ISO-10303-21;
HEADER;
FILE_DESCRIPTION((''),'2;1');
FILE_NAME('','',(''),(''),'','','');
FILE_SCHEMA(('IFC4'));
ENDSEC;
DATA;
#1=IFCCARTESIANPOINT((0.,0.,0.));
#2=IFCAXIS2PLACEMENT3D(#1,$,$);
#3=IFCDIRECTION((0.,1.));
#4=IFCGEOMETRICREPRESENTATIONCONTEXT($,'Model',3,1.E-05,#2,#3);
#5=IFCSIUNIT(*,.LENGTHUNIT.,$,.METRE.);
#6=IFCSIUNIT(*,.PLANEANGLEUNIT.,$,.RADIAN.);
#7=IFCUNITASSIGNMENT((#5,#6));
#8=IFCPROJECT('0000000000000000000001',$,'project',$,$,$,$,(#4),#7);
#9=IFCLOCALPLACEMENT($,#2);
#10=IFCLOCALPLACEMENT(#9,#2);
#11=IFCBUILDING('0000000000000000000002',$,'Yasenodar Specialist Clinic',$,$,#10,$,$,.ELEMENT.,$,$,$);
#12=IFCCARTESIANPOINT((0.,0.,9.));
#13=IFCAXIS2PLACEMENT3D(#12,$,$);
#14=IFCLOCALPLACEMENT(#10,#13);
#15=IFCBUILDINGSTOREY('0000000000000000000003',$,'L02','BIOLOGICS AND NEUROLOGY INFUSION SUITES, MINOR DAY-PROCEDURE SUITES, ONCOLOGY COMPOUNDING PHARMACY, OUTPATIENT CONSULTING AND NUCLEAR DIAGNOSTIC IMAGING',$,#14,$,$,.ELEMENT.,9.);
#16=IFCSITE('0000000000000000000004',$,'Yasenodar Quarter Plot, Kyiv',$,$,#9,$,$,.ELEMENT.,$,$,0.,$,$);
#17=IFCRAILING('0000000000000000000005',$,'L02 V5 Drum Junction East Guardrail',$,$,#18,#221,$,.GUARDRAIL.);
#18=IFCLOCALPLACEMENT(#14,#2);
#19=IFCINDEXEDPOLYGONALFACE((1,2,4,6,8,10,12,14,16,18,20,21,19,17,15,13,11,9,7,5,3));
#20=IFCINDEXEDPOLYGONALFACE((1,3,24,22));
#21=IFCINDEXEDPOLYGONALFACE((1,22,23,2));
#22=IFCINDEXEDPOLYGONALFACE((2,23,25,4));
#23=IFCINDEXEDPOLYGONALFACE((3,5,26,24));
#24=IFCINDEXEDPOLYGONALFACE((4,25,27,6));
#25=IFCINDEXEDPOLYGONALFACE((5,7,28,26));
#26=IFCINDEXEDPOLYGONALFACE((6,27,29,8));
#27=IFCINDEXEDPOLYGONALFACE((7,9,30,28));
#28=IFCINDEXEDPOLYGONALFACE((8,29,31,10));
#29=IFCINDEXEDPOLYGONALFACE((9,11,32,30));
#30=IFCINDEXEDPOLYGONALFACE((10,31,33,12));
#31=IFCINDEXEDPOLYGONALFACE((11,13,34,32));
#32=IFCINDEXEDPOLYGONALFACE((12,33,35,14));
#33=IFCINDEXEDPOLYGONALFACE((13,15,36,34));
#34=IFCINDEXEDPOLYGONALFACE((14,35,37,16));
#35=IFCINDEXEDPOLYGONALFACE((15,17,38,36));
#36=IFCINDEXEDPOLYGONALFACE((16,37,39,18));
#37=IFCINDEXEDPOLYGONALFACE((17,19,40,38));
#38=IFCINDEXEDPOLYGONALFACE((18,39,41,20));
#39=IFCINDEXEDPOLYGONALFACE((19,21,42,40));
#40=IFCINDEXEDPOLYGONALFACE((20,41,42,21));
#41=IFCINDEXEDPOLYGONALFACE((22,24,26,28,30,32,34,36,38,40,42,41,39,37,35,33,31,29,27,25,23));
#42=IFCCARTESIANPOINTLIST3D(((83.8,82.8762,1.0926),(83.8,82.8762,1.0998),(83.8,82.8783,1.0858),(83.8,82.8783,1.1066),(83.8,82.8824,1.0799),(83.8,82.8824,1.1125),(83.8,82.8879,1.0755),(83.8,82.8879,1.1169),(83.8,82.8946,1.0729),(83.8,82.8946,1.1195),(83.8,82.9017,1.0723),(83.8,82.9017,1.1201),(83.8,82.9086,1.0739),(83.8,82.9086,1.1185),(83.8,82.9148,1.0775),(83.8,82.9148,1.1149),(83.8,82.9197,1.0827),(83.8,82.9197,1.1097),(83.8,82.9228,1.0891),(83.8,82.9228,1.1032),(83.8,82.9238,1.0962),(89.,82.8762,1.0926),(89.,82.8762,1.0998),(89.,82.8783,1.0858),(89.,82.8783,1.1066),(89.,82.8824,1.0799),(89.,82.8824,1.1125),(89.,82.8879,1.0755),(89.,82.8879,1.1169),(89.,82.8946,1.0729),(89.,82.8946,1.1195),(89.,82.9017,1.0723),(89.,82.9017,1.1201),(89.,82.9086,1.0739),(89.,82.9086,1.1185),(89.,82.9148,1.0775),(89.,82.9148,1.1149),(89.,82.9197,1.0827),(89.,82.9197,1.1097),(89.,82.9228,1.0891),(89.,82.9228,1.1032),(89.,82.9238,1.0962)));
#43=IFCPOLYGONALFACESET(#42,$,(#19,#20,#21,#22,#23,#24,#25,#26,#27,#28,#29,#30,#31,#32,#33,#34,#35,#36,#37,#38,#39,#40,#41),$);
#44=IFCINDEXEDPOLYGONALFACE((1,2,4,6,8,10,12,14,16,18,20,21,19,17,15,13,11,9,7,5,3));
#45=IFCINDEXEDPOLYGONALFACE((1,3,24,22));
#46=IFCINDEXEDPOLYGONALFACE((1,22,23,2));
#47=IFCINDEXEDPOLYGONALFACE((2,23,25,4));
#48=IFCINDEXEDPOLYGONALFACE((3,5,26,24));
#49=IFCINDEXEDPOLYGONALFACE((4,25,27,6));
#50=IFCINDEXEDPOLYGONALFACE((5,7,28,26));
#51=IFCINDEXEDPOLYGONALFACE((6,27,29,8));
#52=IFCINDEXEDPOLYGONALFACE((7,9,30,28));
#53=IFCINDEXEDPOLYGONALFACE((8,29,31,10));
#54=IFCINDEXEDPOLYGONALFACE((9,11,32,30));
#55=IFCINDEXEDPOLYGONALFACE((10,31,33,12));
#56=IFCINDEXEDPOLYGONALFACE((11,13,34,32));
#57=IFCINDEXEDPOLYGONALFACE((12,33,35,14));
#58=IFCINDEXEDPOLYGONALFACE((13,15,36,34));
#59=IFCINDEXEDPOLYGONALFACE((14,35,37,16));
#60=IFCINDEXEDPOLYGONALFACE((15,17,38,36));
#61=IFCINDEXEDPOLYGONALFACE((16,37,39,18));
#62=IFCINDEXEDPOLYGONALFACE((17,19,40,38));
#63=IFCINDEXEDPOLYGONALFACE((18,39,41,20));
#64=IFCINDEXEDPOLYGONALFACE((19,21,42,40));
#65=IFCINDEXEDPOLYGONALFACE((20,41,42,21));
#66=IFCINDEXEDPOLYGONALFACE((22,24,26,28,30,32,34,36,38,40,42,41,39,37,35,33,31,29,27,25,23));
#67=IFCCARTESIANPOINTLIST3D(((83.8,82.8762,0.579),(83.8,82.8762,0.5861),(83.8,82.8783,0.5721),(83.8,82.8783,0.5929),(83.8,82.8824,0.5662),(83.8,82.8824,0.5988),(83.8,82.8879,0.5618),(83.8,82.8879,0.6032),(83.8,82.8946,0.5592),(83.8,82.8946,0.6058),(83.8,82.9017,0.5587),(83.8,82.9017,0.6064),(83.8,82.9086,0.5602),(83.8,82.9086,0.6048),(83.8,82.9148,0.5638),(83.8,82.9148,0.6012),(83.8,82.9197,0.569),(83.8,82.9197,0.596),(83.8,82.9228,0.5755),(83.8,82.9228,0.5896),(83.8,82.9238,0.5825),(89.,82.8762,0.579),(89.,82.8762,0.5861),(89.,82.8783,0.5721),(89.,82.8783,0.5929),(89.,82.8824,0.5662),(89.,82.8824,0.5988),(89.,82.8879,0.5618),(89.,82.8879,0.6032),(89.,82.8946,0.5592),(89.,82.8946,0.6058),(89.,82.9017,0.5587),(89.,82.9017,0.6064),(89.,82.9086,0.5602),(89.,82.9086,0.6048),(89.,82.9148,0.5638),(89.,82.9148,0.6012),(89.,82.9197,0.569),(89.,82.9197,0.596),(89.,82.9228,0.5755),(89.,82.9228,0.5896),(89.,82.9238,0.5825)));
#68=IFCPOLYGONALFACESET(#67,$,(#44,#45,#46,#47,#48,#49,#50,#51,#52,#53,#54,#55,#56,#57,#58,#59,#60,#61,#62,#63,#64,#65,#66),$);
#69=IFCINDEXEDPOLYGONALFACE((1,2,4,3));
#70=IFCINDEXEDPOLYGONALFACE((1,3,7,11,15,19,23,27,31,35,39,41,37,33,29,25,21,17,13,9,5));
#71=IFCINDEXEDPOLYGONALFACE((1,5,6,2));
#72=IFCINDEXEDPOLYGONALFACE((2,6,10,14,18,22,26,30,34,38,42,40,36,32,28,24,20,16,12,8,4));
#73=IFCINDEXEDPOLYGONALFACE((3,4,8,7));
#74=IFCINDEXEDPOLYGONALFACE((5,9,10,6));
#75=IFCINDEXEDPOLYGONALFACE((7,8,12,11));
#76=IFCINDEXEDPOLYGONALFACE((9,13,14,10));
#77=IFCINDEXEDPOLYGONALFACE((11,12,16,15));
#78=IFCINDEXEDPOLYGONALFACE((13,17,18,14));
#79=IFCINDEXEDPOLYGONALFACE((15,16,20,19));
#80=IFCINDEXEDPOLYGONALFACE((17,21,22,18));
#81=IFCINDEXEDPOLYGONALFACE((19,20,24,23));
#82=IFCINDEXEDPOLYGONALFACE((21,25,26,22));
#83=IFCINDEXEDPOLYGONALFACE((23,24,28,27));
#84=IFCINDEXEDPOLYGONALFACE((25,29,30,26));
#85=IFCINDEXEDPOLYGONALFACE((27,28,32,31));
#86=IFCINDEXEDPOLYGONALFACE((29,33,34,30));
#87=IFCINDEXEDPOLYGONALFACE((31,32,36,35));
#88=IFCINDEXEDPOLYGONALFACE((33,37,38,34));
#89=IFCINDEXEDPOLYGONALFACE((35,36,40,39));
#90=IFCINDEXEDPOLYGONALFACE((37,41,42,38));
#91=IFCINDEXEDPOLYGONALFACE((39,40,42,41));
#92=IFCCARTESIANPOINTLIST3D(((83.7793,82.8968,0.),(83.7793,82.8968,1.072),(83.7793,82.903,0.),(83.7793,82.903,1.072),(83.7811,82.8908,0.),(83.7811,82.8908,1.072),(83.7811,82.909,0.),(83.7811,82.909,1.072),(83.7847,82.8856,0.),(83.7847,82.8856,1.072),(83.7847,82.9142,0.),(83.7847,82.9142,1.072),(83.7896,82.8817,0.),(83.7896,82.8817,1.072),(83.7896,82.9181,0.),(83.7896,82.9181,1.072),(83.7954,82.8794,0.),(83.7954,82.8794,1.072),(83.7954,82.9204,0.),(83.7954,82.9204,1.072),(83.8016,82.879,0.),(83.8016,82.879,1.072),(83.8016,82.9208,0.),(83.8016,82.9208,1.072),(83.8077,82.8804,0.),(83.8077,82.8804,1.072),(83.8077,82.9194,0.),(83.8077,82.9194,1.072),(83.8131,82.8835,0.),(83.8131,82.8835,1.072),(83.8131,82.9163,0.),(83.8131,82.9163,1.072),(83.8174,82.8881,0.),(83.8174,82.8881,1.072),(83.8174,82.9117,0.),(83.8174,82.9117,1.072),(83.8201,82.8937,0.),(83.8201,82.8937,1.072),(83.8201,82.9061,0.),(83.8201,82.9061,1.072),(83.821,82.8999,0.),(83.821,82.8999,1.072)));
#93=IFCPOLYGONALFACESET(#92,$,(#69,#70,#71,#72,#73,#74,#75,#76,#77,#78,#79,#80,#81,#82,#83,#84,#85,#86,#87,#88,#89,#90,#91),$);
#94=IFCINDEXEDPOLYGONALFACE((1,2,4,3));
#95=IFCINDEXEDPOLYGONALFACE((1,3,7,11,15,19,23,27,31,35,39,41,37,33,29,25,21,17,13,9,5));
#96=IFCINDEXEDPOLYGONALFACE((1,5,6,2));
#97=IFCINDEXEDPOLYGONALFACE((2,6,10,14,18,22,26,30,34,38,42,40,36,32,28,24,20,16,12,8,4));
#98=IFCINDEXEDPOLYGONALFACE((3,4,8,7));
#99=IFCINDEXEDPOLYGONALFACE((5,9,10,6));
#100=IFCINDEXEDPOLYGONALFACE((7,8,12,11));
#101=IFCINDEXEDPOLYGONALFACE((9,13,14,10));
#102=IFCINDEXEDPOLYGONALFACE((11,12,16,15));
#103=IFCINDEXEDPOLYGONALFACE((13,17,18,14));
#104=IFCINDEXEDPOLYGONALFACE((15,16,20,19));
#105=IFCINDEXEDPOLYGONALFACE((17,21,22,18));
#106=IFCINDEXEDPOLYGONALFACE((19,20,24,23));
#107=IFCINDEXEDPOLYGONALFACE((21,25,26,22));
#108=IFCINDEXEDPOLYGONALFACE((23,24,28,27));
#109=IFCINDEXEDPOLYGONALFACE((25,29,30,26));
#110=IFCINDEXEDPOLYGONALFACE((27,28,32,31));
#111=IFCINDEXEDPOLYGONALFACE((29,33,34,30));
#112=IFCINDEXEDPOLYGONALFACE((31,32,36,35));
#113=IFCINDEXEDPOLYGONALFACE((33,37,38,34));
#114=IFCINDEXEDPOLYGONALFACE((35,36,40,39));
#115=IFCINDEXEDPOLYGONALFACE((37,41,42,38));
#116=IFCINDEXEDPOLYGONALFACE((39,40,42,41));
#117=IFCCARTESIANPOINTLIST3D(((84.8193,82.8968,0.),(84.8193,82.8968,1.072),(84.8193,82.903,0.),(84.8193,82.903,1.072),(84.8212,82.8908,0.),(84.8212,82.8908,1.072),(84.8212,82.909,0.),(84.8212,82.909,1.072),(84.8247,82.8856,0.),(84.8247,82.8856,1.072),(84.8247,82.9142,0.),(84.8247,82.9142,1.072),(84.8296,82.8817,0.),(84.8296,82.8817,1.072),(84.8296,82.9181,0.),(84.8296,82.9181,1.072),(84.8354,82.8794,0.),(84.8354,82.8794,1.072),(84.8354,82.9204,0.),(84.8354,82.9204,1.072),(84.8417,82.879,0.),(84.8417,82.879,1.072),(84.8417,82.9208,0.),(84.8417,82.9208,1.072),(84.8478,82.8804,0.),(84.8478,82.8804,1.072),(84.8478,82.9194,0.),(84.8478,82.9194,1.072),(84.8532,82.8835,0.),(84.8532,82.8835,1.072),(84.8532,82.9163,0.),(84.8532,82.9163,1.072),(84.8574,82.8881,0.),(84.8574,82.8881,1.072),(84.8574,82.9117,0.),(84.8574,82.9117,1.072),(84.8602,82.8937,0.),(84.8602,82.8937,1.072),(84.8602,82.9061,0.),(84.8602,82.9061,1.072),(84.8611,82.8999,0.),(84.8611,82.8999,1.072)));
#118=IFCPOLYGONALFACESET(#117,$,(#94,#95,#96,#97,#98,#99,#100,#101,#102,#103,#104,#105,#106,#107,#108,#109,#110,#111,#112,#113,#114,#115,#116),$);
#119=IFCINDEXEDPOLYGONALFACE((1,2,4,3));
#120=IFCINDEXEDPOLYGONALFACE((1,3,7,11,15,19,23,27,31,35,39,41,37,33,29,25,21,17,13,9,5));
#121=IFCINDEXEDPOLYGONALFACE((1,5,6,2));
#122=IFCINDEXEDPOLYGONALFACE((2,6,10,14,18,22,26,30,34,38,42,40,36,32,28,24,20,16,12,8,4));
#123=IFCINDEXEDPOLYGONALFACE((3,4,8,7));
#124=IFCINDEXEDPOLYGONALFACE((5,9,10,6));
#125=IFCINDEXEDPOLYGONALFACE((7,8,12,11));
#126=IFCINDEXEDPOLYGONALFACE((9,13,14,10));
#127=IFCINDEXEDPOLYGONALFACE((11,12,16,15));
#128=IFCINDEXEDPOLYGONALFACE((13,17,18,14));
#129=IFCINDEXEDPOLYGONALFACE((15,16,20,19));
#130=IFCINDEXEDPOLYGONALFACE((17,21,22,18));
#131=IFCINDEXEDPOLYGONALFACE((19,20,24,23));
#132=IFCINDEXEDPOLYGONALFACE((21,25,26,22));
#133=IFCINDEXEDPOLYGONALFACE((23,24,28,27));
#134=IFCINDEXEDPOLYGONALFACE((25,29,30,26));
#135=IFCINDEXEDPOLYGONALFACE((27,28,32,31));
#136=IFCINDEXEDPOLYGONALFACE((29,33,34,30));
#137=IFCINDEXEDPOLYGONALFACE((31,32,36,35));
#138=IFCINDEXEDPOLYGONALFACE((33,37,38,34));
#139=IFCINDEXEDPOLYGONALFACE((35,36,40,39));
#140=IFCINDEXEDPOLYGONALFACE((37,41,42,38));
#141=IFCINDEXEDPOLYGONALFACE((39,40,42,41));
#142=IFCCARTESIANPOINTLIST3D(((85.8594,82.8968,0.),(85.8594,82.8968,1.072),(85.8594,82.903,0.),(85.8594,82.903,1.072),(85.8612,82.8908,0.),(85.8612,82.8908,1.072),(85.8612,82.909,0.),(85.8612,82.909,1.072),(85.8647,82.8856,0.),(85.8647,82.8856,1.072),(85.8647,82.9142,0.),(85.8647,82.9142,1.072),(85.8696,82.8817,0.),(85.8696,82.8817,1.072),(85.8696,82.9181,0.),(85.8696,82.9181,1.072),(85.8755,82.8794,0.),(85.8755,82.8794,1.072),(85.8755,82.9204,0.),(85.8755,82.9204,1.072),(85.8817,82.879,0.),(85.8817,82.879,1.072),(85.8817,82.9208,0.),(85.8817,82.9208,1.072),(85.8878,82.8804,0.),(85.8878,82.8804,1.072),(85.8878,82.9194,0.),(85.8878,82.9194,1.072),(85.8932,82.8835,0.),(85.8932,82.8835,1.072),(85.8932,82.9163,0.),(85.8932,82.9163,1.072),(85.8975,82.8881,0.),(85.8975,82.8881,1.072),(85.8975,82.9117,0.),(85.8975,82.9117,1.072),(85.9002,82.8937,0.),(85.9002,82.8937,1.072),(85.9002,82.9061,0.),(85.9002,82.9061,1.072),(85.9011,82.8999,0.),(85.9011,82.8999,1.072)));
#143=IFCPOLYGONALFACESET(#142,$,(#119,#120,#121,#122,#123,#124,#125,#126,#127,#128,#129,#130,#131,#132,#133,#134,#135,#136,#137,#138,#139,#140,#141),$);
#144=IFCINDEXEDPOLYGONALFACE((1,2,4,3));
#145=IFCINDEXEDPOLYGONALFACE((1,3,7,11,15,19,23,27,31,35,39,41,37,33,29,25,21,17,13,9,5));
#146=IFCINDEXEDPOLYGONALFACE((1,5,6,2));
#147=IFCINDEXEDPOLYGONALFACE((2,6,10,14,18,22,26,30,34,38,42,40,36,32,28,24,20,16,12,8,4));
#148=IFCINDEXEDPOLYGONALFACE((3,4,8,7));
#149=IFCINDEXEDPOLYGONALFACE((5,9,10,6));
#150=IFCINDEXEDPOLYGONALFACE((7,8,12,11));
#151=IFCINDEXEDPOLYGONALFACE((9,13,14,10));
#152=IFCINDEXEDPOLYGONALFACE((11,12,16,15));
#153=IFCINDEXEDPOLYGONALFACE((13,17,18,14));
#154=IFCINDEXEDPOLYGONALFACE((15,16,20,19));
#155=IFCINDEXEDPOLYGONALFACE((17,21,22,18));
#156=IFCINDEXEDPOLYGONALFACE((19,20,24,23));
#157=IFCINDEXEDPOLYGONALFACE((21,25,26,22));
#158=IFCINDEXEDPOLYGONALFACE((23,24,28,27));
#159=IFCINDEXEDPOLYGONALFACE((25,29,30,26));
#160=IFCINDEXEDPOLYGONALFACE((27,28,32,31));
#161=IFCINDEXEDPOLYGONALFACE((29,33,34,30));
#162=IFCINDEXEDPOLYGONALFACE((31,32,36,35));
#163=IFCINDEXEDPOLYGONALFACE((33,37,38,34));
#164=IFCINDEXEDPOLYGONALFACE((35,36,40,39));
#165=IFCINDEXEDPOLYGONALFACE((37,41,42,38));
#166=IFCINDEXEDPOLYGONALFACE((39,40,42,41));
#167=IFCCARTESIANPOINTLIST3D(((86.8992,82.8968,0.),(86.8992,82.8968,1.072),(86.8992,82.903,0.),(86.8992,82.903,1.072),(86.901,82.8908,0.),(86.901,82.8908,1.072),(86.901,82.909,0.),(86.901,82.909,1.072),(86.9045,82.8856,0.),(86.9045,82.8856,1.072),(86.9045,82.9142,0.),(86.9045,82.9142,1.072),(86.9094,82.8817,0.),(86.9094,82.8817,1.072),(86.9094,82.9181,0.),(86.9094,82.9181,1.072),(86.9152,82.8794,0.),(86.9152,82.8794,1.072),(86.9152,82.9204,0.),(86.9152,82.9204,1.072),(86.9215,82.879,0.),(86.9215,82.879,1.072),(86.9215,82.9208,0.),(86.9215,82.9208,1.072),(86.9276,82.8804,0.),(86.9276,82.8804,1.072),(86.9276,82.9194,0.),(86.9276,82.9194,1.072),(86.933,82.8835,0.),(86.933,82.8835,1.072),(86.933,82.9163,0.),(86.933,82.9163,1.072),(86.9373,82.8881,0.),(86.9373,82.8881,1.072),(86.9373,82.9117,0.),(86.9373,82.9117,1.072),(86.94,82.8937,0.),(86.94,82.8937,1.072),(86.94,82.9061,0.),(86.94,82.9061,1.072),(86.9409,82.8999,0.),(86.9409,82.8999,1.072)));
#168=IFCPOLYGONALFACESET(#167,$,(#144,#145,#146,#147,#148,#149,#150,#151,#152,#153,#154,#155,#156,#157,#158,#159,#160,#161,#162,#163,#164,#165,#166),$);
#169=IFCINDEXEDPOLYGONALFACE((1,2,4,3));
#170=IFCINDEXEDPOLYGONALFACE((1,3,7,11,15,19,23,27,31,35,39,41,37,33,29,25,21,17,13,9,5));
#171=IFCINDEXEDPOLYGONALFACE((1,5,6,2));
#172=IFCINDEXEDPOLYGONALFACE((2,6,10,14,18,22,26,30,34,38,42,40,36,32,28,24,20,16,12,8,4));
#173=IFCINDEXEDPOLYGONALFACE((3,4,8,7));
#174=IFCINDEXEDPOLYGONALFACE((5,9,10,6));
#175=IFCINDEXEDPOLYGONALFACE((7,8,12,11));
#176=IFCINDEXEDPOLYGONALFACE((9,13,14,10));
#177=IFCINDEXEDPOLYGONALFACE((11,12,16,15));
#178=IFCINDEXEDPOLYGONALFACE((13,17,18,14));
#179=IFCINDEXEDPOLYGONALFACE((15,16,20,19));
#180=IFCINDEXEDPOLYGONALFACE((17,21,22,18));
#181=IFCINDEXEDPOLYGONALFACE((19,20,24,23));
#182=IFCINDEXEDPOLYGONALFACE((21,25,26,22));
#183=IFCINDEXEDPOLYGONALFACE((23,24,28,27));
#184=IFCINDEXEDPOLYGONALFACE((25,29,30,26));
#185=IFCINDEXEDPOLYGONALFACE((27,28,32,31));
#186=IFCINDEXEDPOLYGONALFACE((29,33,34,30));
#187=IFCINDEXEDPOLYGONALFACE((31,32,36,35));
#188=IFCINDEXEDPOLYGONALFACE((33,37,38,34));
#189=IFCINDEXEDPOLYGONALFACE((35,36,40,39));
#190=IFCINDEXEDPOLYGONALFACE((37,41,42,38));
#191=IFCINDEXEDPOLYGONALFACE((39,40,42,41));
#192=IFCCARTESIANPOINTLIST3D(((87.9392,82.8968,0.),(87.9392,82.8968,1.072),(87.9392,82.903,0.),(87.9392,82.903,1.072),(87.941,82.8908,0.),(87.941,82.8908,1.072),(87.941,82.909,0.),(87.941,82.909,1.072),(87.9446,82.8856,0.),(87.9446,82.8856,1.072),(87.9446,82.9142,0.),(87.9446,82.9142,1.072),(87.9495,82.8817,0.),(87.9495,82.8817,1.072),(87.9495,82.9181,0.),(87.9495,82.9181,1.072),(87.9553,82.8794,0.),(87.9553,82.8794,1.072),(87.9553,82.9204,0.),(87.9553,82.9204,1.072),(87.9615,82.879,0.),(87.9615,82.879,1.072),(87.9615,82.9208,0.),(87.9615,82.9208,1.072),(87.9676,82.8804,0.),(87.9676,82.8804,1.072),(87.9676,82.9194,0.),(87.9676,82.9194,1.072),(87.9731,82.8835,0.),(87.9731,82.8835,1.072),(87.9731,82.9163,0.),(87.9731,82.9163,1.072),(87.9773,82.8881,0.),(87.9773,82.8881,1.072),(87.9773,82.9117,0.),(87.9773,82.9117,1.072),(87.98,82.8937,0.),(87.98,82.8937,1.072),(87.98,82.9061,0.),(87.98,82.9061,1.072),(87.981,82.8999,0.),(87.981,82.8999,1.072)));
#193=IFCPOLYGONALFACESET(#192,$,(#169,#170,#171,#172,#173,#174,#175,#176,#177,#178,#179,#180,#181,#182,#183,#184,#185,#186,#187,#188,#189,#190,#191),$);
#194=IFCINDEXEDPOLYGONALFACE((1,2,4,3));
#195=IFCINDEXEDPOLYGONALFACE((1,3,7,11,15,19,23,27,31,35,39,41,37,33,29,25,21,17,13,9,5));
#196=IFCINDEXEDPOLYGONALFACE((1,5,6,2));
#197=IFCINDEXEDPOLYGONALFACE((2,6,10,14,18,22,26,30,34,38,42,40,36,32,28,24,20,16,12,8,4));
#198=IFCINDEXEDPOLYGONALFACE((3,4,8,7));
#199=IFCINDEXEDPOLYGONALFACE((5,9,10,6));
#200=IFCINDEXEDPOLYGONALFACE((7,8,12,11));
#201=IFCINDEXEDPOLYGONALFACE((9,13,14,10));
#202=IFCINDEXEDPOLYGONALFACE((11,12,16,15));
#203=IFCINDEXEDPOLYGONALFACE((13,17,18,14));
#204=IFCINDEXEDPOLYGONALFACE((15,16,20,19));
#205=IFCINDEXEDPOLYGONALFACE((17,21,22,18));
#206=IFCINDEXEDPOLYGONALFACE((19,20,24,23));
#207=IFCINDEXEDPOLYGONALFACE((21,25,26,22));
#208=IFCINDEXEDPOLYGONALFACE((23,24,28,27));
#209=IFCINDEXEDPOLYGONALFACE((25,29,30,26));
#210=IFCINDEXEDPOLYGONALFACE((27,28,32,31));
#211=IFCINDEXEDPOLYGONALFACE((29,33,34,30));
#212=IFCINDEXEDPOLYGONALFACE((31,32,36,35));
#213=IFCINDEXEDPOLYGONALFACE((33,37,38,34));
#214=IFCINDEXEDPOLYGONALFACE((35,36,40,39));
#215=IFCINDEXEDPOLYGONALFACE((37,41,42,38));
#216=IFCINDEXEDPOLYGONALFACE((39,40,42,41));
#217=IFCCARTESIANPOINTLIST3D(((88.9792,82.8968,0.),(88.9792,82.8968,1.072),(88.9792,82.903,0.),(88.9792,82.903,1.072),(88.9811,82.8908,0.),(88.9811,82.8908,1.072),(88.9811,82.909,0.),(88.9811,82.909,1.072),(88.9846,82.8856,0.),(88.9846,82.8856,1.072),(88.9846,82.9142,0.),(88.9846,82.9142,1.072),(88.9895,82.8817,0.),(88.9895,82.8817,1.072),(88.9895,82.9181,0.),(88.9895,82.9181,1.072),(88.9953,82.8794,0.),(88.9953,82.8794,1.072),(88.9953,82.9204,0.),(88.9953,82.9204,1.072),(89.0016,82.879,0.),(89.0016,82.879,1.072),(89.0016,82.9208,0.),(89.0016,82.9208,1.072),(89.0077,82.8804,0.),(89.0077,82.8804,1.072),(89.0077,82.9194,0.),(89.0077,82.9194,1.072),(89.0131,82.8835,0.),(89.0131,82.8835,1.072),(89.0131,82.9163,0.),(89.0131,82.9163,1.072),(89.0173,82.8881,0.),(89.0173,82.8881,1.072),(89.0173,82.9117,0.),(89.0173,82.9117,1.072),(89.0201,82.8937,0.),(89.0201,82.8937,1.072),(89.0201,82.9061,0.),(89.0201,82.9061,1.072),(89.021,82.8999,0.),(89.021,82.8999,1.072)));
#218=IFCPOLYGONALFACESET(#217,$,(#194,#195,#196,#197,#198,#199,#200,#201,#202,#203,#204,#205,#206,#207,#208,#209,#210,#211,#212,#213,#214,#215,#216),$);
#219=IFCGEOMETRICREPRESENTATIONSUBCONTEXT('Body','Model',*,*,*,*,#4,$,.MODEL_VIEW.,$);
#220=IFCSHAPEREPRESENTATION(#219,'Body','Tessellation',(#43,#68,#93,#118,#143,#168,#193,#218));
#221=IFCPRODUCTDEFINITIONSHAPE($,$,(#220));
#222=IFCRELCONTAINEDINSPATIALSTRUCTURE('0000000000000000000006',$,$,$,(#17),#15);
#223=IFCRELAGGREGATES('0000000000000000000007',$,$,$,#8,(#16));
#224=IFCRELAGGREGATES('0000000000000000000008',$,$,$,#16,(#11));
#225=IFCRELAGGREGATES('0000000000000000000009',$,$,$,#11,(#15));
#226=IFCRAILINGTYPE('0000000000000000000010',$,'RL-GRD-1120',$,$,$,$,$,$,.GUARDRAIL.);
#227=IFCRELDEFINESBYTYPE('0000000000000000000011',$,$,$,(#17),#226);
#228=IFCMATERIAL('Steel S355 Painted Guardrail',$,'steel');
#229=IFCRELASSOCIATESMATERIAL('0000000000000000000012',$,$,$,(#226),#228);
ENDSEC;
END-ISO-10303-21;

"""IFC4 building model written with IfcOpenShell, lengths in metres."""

from ifc_helpers import new_model, si_unit, direction, frame, origin, origin_2d, place, context, subcontext, project, spatial, circle, extrude, material, type_object, element, save


model = new_model("IFC4")

# Units and contexts
model_context = context("Model", 3, precision=1e-05, world=origin(), true_north=direction((0.0, 1.0)))
body_context = subcontext(model_context, "Body", "Model", "MODEL_VIEW")
ifc_project = project(units=[si_unit("LENGTHUNIT", "METRE"), si_unit("PLANEANGLEUNIT", "RADIAN")], contexts=[model_context])

# Site, building, storey
site_placement = place(None, origin())
site = spatial("IfcSite", under=ifc_project, at=site_placement, Name="Yasenodar Quarter Plot, Kyiv", CompositionType="ELEMENT", RefElevation=0.0)
building_placement = place(site_placement, origin())
building = spatial("IfcBuilding", under=site, at=building_placement, Name="Yasenodar Specialist Clinic", CompositionType="ELEMENT")
storey_placement = place(building_placement, frame((0.0, 0.0, 9.0)))
storey = spatial("IfcBuildingStorey", under=building, at=storey_placement, Name="L02", Description="BIOLOGICS AND NEUROLOGY INFUSION SUITES, MINOR DAY-PROCEDURE SUITES, ONCOLOGY COMPOUNDING PHARMACY, OUTPATIENT CONSULTING AND NUCLEAR DIAGNOSTIC IMAGING", CompositionType="ELEMENT", Elevation=9.0)

# Railing
ifc_material_1 = material(Name="Steel S355 Painted Guardrail", Category="steel")
railing_type = type_object("IfcRailingType", Name="RL-GRD-1120", PredefinedType="GUARDRAIL", material=ifc_material_1)
railing_1_placement = place(storey_placement, frame((83.8, 82.8999, 0.0)))
element("IfcRailing", 1, at=railing_1_placement, inside=storey, type_object=railing_type, Name="L02 V5 Drum Junction East Guardrail", PredefinedType="GUARDRAIL", context=body_context, shape_type="SweptSolid", body=[
    extrude(circle(Radius=0.0239, at=origin_2d()), frame((0.0, 0.0, 1.0962), z_axis=(1.0, 0.0, 0.0), x_axis=(0.0, 1.0, 0.0)), (0.0, 0.0, 1.0), 5.2),
    extrude(circle(Radius=0.0239, at=origin_2d()), frame((0.0, 0.0, 0.5825), z_axis=(1.0, 0.0, 0.0), x_axis=(0.0, 1.0, 0.0)), (0.0, 0.0, 1.0), 5.2),
    extrude(circle(Radius=0.021, at=origin_2d()), origin(), (0.0, 0.0, 1.0), 1.072),
    extrude(circle(Radius=0.021, at=origin_2d()), frame((1.04, 0.0, 0.0)), (0.0, 0.0, 1.0), 1.072),
    extrude(circle(Radius=0.021, at=origin_2d()), frame((2.0801, 0.0, 0.0)), (0.0, 0.0, 1.0), 1.072),
    extrude(circle(Radius=0.021, at=origin_2d()), frame((3.1199, 0.0, 0.0)), (0.0, 0.0, 1.0), 1.072),
    extrude(circle(Radius=0.021, at=origin_2d()), frame((4.1599, 0.0, 0.0)), (0.0, 0.0, 1.0), 1.072),
    extrude(circle(Radius=0.021, at=origin_2d()), frame((5.2, 0.0, 0.0)), (0.0, 0.0, 1.0), 1.072),
])

save(model, "model.ifc")
